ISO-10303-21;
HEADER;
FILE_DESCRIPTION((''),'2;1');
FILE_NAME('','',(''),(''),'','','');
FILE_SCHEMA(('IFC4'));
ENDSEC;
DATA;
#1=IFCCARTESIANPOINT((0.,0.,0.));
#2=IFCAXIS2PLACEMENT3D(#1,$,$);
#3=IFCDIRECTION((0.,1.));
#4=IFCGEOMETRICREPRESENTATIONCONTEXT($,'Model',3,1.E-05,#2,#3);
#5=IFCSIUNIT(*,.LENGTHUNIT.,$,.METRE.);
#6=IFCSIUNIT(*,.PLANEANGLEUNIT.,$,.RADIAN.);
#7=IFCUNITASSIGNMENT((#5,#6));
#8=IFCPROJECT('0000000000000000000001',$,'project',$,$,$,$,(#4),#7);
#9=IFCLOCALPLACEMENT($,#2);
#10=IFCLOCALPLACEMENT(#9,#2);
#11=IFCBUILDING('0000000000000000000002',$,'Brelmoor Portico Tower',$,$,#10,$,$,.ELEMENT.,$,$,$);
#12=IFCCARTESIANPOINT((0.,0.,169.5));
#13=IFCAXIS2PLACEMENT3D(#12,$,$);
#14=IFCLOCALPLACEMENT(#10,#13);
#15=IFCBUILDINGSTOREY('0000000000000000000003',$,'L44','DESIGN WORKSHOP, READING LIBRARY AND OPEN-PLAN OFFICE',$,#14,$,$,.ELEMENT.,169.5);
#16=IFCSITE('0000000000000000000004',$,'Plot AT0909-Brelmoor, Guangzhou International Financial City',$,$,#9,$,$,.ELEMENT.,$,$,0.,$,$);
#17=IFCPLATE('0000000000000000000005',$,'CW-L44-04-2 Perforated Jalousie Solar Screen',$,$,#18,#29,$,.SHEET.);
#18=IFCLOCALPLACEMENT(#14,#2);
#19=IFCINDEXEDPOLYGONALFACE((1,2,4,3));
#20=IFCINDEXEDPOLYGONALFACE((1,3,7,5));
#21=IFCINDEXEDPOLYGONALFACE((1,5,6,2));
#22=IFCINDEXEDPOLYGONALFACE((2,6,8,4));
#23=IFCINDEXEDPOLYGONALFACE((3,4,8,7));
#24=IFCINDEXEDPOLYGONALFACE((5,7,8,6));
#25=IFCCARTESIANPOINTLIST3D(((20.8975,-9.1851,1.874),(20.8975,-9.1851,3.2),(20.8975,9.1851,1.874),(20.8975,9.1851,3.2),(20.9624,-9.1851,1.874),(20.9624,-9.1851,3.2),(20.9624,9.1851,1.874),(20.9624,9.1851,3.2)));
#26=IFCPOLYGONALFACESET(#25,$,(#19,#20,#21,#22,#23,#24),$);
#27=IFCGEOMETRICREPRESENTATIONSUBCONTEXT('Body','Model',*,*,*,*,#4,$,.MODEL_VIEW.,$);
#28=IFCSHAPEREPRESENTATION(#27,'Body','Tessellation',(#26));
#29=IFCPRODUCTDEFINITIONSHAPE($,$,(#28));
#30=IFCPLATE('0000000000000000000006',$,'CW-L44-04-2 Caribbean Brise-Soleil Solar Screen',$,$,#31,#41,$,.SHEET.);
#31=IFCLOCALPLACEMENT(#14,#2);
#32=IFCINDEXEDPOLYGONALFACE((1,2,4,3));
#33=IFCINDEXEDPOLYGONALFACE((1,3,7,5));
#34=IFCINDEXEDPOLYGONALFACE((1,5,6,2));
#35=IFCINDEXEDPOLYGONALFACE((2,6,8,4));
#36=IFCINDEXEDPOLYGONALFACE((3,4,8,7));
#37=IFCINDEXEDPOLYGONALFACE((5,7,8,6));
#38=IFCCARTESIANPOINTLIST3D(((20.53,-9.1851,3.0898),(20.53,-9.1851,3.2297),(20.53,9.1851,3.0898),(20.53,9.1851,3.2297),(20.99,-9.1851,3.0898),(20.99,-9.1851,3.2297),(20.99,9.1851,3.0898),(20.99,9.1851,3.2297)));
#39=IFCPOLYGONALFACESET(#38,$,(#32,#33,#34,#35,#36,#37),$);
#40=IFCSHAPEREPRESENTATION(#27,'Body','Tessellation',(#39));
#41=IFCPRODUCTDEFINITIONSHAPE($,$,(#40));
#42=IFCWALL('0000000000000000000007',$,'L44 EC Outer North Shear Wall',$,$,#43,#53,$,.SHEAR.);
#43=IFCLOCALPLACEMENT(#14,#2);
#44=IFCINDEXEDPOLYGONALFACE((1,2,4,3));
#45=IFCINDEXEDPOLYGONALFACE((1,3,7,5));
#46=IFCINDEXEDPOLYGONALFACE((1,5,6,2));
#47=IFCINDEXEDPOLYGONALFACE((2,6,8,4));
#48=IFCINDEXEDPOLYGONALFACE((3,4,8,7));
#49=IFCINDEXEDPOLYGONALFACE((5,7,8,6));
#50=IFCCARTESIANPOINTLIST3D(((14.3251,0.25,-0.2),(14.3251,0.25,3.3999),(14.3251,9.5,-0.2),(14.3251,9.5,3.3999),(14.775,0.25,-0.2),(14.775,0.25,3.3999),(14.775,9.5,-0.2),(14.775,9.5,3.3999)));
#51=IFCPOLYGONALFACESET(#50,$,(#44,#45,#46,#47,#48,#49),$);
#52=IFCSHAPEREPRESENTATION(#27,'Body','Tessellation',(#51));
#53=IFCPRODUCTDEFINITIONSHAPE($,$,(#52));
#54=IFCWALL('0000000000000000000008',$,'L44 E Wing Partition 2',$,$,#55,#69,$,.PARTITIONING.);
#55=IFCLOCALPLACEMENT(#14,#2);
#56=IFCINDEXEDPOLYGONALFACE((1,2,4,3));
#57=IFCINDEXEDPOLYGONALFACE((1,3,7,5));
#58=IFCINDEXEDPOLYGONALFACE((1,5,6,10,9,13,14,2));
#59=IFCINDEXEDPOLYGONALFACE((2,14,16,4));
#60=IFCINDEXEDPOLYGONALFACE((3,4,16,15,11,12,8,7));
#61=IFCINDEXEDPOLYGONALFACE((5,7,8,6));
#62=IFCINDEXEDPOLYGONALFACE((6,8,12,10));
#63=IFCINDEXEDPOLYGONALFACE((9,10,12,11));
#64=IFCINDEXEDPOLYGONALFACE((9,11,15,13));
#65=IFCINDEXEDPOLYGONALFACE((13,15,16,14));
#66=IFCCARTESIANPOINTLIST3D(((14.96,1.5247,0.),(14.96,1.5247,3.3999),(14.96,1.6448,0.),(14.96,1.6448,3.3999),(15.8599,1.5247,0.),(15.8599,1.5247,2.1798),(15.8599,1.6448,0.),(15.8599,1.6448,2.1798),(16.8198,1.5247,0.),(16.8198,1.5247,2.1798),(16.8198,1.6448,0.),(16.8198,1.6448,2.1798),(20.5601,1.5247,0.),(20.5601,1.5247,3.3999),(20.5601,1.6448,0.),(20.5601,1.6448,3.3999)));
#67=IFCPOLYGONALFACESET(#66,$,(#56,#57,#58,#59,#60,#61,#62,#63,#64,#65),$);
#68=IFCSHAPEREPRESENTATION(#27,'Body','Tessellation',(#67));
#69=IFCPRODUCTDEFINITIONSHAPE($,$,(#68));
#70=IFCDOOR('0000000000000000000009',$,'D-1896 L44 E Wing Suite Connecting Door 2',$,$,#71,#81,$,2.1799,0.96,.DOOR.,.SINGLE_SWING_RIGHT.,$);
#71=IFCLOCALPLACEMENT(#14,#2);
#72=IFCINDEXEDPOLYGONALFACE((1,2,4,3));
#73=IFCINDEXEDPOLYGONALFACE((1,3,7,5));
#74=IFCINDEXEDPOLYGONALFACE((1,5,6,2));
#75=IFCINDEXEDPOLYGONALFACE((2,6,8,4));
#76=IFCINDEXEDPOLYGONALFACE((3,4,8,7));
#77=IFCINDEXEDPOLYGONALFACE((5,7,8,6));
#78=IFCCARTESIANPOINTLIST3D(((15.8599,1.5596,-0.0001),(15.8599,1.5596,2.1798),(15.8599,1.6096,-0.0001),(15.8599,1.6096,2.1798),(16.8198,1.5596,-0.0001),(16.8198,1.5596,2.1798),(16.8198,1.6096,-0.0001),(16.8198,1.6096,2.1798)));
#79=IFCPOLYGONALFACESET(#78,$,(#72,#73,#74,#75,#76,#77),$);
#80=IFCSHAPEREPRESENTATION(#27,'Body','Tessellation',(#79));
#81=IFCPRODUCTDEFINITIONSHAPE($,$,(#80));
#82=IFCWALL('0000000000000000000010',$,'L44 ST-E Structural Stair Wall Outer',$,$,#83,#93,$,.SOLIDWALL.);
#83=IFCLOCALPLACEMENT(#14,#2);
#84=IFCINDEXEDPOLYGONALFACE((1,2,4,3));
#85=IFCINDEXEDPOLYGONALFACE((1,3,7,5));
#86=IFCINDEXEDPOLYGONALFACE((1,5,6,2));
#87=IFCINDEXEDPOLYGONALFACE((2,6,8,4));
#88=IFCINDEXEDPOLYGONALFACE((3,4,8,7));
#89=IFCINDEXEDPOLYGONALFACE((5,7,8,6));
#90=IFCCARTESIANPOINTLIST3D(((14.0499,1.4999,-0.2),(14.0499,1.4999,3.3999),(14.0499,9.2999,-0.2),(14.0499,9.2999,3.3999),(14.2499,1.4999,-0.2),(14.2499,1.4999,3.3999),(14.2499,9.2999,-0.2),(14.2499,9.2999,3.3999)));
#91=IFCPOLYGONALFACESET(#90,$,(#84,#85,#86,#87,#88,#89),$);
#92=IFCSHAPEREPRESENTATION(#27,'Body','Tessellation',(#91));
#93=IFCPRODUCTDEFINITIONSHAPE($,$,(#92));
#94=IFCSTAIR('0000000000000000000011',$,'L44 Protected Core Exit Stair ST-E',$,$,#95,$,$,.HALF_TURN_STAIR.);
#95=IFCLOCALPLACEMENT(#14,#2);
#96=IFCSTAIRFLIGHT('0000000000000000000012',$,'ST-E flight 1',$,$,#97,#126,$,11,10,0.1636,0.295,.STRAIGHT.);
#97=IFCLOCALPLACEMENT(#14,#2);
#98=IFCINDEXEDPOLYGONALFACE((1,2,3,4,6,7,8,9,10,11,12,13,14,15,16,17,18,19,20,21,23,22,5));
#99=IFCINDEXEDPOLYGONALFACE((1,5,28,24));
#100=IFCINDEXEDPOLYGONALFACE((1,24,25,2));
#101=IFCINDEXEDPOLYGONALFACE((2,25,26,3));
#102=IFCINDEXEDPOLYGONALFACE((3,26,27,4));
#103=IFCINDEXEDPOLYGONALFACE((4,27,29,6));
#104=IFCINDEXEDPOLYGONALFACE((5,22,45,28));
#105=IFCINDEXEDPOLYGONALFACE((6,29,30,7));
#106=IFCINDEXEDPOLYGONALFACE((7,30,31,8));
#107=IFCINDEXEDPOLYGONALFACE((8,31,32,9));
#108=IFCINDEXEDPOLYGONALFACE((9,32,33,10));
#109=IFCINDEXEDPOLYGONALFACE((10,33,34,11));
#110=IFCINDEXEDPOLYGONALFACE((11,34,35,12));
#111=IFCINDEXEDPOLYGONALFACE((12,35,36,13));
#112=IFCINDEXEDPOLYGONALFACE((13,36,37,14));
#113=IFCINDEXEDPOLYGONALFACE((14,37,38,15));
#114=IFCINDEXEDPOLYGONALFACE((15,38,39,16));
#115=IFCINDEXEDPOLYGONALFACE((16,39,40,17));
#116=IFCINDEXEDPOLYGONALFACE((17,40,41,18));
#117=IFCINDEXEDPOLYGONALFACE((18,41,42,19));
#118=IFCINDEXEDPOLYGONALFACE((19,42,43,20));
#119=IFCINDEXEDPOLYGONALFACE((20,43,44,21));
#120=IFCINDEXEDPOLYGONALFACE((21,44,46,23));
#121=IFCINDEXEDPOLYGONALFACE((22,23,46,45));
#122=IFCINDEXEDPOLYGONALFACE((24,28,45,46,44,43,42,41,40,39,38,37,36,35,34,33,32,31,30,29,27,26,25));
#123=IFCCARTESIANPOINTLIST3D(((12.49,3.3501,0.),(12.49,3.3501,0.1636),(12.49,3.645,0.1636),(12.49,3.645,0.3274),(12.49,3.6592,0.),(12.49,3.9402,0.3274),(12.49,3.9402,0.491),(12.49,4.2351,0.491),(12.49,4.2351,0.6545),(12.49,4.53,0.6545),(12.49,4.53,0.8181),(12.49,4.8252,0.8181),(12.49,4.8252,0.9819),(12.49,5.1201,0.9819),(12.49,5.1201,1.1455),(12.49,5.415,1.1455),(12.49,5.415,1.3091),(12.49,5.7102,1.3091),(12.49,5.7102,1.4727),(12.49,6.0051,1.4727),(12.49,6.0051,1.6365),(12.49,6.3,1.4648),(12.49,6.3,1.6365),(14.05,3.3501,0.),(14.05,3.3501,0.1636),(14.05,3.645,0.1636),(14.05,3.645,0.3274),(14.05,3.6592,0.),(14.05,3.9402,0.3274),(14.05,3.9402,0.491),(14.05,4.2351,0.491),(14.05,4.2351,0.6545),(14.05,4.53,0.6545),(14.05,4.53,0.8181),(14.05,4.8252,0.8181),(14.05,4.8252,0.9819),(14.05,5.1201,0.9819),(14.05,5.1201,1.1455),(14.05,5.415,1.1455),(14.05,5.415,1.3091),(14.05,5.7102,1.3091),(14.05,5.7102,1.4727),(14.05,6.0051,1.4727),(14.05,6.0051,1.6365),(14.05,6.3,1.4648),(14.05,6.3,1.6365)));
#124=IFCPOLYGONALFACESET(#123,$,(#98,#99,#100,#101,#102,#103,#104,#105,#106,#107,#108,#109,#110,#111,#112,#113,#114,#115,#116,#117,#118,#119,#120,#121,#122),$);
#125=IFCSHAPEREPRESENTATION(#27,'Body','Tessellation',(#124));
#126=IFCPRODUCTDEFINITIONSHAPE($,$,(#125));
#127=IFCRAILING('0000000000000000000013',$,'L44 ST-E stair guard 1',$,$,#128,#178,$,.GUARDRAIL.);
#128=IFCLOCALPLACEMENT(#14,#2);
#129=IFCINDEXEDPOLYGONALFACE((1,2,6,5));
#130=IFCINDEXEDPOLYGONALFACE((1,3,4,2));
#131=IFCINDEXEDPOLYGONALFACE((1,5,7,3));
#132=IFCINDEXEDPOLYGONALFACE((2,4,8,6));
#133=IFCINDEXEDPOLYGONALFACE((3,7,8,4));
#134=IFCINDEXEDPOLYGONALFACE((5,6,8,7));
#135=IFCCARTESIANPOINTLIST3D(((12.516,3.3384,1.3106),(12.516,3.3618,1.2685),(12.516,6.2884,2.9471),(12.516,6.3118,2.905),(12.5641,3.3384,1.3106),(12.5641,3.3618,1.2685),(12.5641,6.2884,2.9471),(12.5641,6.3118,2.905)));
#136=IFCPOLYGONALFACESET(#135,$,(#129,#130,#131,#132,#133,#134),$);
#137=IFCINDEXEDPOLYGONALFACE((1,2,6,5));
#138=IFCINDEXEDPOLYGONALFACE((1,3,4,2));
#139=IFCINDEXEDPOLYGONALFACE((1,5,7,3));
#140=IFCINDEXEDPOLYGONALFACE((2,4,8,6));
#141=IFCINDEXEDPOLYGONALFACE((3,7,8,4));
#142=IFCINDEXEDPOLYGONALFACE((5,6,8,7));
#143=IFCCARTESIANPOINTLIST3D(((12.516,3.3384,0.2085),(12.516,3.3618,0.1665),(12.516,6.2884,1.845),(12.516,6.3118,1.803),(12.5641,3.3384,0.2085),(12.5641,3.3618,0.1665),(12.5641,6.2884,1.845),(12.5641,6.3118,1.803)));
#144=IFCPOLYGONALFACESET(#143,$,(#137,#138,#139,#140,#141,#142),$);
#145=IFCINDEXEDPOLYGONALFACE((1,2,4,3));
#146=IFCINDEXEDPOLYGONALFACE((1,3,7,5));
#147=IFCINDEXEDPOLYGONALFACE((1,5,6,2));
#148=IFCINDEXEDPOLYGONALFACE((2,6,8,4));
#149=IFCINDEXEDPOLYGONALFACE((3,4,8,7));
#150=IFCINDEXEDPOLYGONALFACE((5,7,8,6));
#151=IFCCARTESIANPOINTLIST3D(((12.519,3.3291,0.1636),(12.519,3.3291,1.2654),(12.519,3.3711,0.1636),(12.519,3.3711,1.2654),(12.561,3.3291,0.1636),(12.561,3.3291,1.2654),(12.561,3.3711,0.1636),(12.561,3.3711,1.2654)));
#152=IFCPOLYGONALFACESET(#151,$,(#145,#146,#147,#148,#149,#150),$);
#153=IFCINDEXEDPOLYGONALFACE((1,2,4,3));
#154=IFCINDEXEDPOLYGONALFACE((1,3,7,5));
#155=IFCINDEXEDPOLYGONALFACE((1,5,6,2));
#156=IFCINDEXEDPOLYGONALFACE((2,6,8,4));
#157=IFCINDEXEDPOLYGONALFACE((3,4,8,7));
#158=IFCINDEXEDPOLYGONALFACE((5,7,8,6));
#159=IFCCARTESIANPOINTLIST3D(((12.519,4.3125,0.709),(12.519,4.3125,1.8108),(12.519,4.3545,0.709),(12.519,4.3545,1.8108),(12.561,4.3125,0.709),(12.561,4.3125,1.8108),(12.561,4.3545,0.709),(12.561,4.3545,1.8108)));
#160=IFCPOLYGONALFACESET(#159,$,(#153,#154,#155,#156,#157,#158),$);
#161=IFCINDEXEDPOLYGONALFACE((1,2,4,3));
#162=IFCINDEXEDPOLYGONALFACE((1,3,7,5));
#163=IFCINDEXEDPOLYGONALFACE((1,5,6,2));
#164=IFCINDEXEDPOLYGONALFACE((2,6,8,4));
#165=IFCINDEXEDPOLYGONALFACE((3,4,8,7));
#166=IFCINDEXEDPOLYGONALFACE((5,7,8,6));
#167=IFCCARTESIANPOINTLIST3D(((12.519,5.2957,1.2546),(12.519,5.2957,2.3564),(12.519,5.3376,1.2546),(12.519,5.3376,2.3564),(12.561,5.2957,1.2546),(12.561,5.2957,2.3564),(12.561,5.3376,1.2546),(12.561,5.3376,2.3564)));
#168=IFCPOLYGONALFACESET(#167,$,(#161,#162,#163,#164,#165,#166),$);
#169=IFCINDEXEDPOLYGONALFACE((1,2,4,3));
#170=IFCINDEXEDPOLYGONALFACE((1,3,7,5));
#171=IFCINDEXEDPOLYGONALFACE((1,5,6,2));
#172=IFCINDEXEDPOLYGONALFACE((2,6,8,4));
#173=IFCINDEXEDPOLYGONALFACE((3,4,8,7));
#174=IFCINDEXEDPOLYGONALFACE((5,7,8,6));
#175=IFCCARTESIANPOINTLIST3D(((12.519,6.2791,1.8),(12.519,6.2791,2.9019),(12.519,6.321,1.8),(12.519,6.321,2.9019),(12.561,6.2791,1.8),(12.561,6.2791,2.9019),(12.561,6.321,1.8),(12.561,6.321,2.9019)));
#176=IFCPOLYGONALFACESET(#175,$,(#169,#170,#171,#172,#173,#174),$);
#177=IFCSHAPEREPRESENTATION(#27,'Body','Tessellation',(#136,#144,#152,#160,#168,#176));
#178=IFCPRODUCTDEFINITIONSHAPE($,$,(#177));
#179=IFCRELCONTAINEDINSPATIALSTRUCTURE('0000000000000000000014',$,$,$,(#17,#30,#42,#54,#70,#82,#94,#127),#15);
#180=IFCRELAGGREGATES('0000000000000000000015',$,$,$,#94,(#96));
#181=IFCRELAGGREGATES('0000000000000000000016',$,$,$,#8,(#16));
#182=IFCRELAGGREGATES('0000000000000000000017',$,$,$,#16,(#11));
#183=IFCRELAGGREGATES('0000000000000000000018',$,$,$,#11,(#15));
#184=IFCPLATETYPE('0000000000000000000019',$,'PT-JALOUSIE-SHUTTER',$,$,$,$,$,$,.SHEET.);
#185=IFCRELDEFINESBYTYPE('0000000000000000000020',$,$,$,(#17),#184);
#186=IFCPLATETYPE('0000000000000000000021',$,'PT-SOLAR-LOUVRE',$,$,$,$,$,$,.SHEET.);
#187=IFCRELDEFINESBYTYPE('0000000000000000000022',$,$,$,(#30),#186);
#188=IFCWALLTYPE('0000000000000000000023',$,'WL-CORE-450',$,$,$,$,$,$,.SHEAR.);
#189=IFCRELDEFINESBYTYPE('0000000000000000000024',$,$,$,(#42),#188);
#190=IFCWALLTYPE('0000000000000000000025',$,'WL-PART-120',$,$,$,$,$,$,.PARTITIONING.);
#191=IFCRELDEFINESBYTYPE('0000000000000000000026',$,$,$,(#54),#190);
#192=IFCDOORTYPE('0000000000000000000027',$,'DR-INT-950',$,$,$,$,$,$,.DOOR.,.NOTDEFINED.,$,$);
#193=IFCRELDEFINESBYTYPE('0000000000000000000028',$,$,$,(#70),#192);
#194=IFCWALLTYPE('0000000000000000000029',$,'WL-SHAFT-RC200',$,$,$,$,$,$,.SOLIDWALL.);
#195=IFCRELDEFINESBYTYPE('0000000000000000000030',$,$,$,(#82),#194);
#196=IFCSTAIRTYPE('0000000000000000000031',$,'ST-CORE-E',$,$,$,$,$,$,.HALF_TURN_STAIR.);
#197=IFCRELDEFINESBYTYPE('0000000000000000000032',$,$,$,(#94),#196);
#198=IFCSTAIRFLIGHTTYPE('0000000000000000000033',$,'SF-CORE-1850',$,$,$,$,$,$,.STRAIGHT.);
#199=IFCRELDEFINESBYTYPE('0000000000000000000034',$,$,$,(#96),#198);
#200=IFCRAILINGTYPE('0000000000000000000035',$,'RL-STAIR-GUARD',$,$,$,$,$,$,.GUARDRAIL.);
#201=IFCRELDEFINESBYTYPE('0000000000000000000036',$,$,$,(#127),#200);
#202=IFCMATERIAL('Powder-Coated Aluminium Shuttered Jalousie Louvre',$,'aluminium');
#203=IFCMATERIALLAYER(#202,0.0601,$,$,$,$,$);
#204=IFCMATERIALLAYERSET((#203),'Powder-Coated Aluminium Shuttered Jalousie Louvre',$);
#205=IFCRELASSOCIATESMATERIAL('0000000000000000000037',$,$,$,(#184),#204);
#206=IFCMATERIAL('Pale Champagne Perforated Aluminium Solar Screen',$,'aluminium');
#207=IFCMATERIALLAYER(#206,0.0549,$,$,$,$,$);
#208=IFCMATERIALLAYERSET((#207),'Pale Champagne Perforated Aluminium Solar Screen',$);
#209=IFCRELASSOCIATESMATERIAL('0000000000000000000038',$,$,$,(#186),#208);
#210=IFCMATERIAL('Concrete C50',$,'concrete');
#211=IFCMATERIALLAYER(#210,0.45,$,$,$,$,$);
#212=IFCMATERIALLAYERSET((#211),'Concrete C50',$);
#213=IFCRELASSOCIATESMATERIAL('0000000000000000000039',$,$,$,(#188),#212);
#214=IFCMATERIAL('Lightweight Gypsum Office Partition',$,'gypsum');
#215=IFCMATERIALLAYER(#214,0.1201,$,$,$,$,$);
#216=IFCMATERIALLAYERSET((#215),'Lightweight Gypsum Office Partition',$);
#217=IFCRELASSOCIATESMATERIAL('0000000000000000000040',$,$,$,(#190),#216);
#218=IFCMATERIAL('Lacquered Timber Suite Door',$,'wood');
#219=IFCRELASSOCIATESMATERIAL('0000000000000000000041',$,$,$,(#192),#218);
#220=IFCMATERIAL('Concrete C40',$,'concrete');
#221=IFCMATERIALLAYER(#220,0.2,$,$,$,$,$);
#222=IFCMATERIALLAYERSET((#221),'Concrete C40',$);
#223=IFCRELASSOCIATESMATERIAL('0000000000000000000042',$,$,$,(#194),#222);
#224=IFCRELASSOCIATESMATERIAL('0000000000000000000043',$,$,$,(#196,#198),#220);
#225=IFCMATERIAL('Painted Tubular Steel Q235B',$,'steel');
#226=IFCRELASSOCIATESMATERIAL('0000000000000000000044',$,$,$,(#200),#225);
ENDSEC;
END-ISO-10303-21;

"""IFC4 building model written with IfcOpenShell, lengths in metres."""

from ifc_helpers import new_model, si_unit, direction, frame, frame_2d, origin, origin_2d, place, context, subcontext, project, spatial, polyline, rectangle, outline, extrude, material, layer, layer_set, type_object, element, fill, aggregate, save


model = new_model("IFC4")

# Units and contexts
model_context = context("Model", 3, precision=1e-05, world=origin(), true_north=direction((0.0, 1.0)))
body_context = subcontext(model_context, "Body", "Model", "MODEL_VIEW")
ifc_project = project(units=[si_unit("LENGTHUNIT", "METRE"), si_unit("PLANEANGLEUNIT", "RADIAN")], contexts=[model_context])

# Site, building, storey
site_placement = place(None, origin())
site = spatial("IfcSite", under=ifc_project, at=site_placement, Name="Plot AT0909-Brelmoor, Guangzhou International Financial City", CompositionType="ELEMENT", RefElevation=0.0)
building_placement = place(site_placement, origin())
building = spatial("IfcBuilding", under=site, at=building_placement, Name="Brelmoor Portico Tower", CompositionType="ELEMENT")
storey_placement = place(building_placement, frame((0.0, 0.0, 169.5)))
storey = spatial("IfcBuildingStorey", under=building, at=storey_placement, Name="L44", Description="DESIGN WORKSHOP, READING LIBRARY AND OPEN-PLAN OFFICE", CompositionType="ELEMENT", Elevation=169.5)

# Plates
ifc_material_1 = material(Name="Powder-Coated Aluminium Shuttered Jalousie Louvre", Category="aluminium")
ifc_layer_1 = layer(ifc_material_1, 0.0601)
ifc_layer_set_1 = layer_set([ifc_layer_1], Name="Powder-Coated Aluminium Shuttered Jalousie Louvre")
plate_type_1 = type_object("IfcPlateType", Name="PT-JALOUSIE-SHUTTER", PredefinedType="SHEET", material=ifc_layer_set_1)
plate_1_placement = place(storey_placement, frame((20.9299, 0.0, 1.874), z_axis=(0.0, 0.0, 1.0), x_axis=(0.0, 1.0, 0.0)))
element("IfcPlate", 1, at=plate_1_placement, inside=storey, type_object=plate_type_1, Name="CW-L44-04-2 Perforated Jalousie Solar Screen", PredefinedType="SHEET", context=body_context, shape_type="SweptSolid", body=[
    extrude(rectangle(XDim=18.3701, YDim=0.0649, at=origin_2d()), origin(), (0.0, 0.0, 1.0), 1.3259),
])
ifc_material_2 = material(Name="Pale Champagne Perforated Aluminium Solar Screen", Category="aluminium")
ifc_layer_2 = layer(ifc_material_2, 0.0549)
ifc_layer_set_2 = layer_set([ifc_layer_2], Name="Pale Champagne Perforated Aluminium Solar Screen")
plate_type_2 = type_object("IfcPlateType", Name="PT-SOLAR-LOUVRE", PredefinedType="SHEET", material=ifc_layer_set_2)
plate_2_placement = place(storey_placement, frame((20.76, 0.0, 3.0898), z_axis=(0.0, 0.0, 1.0), x_axis=(0.0, 1.0, 0.0)))
element("IfcPlate", 2, at=plate_2_placement, inside=storey, type_object=plate_type_2, Name="CW-L44-04-2 Caribbean Brise-Soleil Solar Screen", PredefinedType="SHEET", context=body_context, shape_type="SweptSolid", body=[
    extrude(rectangle(XDim=18.3701, YDim=0.46, at=origin_2d()), origin(), (0.0, 0.0, 1.0), 0.1399),
])

# Wall
ifc_material_3 = material(Name="Concrete C50", Category="concrete")
ifc_layer_3 = layer(ifc_material_3, 0.45)
ifc_layer_set_3 = layer_set([ifc_layer_3], Name="Concrete C50")
wall_type_1 = type_object("IfcWallType", Name="WL-CORE-450", PredefinedType="SHEAR", material=ifc_layer_set_3)
wall_1_placement = place(storey_placement, frame((14.55, 0.25, -0.2), z_axis=(0.0, 0.0, 1.0), x_axis=(0.0, 1.0, 0.0)))
element("IfcWall", 3, at=wall_1_placement, inside=storey, type_object=wall_type_1, Name="L44 EC Outer North Shear Wall", PredefinedType="SHEAR", context=body_context, shape_type="SweptSolid", body=[
    extrude(rectangle(XDim=9.25, YDim=0.45, at=frame_2d((4.625, 0.0))), origin(), (0.0, 0.0, 1.0), 3.5999),
])

# Wall, opening, door
ifc_material_4 = material(Name="Lightweight Gypsum Office Partition", Category="gypsum")
ifc_layer_4 = layer(ifc_material_4, 0.1201)
ifc_layer_set_4 = layer_set([ifc_layer_4], Name="Lightweight Gypsum Office Partition")
wall_type_2 = type_object("IfcWallType", Name="WL-PART-120", PredefinedType="PARTITIONING", material=ifc_layer_set_4)
wall_2_placement = place(storey_placement, frame((14.96, 1.5847, 0.0), z_axis=(0.0, 0.0, 1.0), x_axis=(1.0, 0.0, 0.0)))
wall_2 = element("IfcWall", 4, at=wall_2_placement, inside=storey, type_object=wall_type_2, Name="L44 E Wing Partition 2", PredefinedType="PARTITIONING", context=body_context, shape_type="SweptSolid", body=[
    extrude(rectangle(XDim=5.6001, YDim=0.1201, at=frame_2d((2.8, 0.0))), origin(), (0.0, 0.0, 1.0), 3.3999),
])
opening_placement = place(wall_2_placement, frame((0.8999, 0.0, 0.0)))
opening = element("IfcOpeningElement", 5, at=opening_placement, cuts=wall_2, PredefinedType="OPENING", context=body_context, shape_type="SweptSolid", body=[
    extrude(rectangle(XDim=0.96, YDim=2.1799, at=frame_2d((0.48, 1.0898))), frame((0.0, 0.0701, 0.0), z_axis=(0.0, -1.0, 0.0), x_axis=(1.0, 0.0, 0.0)), (0.0, 0.0, 1.0), 0.1401),
])
ifc_material_5 = material(Name="Lacquered Timber Suite Door", Category="wood")
door_type = type_object("IfcDoorType", Name="DR-INT-950", OperationType="NOTDEFINED", PredefinedType="DOOR", material=ifc_material_5)
door_placement = place(opening_placement, origin())
door = element("IfcDoor", 6, at=door_placement, inside=storey, type_object=door_type, Name="D-1896 L44 E Wing Suite Connecting Door 2", OperationType="SINGLE_SWING_RIGHT", OverallHeight=2.1799, OverallWidth=0.96, PredefinedType="DOOR", context=body_context, shape_type="SweptSolid", body=[
    extrude(rectangle(XDim=0.96, YDim=2.1799, at=frame_2d((0.48, 1.0898))), frame((0.0, 0.0249, 0.0), z_axis=(0.0, -1.0, 0.0), x_axis=(1.0, 0.0, 0.0)), (0.0, 0.0, 1.0), 0.05),
])
fill(opening, door)

# Wall
ifc_material_6 = material(Name="Concrete C40", Category="concrete")
ifc_layer_5 = layer(ifc_material_6, 0.2)
ifc_layer_set_5 = layer_set([ifc_layer_5], Name="Concrete C40")
wall_type_3 = type_object("IfcWallType", Name="WL-SHAFT-RC200", PredefinedType="SOLIDWALL", material=ifc_layer_set_5)
wall_3_placement = place(storey_placement, frame((14.1499, 1.5, -0.2), z_axis=(0.0, 0.0, 1.0), x_axis=(0.0, 1.0, 0.0)))
element("IfcWall", 7, at=wall_3_placement, inside=storey, type_object=wall_type_3, Name="L44 ST-E Structural Stair Wall Outer", PredefinedType="SOLIDWALL", context=body_context, shape_type="SweptSolid", body=[
    extrude(rectangle(XDim=7.8, YDim=0.2, at=frame_2d((3.8999, 0.0))), origin(), (0.0, 0.0, 1.0), 3.5999),
])

# Stair, stair flight
stair_type = type_object("IfcStairType", Name="ST-CORE-E", PredefinedType="HALF_TURN_STAIR", material=ifc_material_6)
stair_placement = place(storey_placement, origin())
stair = element("IfcStair", 8, at=stair_placement, inside=storey, type_object=stair_type, Name="L44 Protected Core Exit Stair ST-E", PredefinedType="HALF_TURN_STAIR")
stair_flight_type = type_object("IfcStairFlightType", Name="SF-CORE-1850", PredefinedType="STRAIGHT", material=ifc_material_6)
stair_flight_placement = place(storey_placement, frame((13.27, 3.3501, 0.0), z_axis=(0.0, 0.0, 1.0), x_axis=(0.0, 1.0, 0.0)))
stair_flight = element("IfcStairFlight", 9, at=stair_flight_placement, type_object=stair_flight_type, Name="ST-E flight 1", NumberOfRisers=11, NumberOfTreads=10, PredefinedType="STRAIGHT", RiserHeight=0.1636, TreadLength=0.295, context=body_context, shape_type="SweptSolid", body=[
    extrude(outline(polyline([(0.0, 0.0), (0.0, 0.1636), (0.2949, 0.1636), (0.2949, 0.3274), (0.5901, 0.3274), (0.5901, 0.491), (0.885, 0.491), (0.885, 0.6545), (1.1799, 0.6545), (1.1799, 0.8181), (1.4751, 0.8181), (1.4751, 0.9819), (1.77, 0.9819), (1.77, 1.1455), (2.0649, 1.1455), (2.0649, 1.3091), (2.3601, 1.3091), (2.3601, 1.4727), (2.655, 1.4727), (2.655, 1.6365), (2.95, 1.6365), (2.95, 1.8), (2.95, 1.4648), (0.3091, 0.0), (0.0, 0.0)])), frame((0.0, 0.78, 0.0), z_axis=(0.0, -1.0, 0.0), x_axis=(1.0, 0.0, 0.0)), (0.0, 0.0, 1.0), 1.5601),
])
aggregate(stair, [stair_flight])

# Railing
ifc_material_7 = material(Name="Painted Tubular Steel Q235B", Category="steel")
railing_type_1 = type_object("IfcRailingType", Name="RL-STAIR-GUARD", PredefinedType="GUARDRAIL", material=ifc_material_7)
railing_1_placement = place(storey_placement, frame((12.54, 3.3501, 0.1636)))
element("IfcRailing", 10, at=railing_1_placement, inside=storey, type_object=railing_type_1, Name="L44 ST-E stair guard 1", PredefinedType="GUARDRAIL", context=body_context, shape_type="SweptSolid", body=[
    extrude(rectangle(XDim=0.0481, YDim=0.0481, at=origin_2d()), frame((0.0, 0.0, 1.126), z_axis=(0.0, 0.874458, 0.485102), x_axis=(-1.0, 0.0, 0.0)), (0.0, 0.0, 1.0), 3.3735),
    extrude(rectangle(XDim=0.0481, YDim=0.0481, at=origin_2d()), frame((0.0, 0.0, 0.0239), z_axis=(0.0, 0.874458, 0.485102), x_axis=(-1.0, 0.0, 0.0)), (0.0, 0.0, 1.0), 3.3735),
    extrude(rectangle(XDim=0.042, YDim=0.042, at=origin_2d()), origin(), (0.0, 0.0, 1.0), 1.1018),
    extrude(rectangle(XDim=0.042, YDim=0.042, at=origin_2d()), frame((0.0, 0.9834, 0.5454)), (0.0, 0.0, 1.0), 1.1018),
    extrude(rectangle(XDim=0.042, YDim=0.042, at=origin_2d()), frame((0.0, 1.9666, 1.0911)), (0.0, 0.0, 1.0), 1.1018),
    extrude(rectangle(XDim=0.042, YDim=0.042, at=origin_2d()), frame((0.0, 2.95, 1.6365)), (0.0, 0.0, 1.0), 1.1018),
])

save(model, "model.ifc")
